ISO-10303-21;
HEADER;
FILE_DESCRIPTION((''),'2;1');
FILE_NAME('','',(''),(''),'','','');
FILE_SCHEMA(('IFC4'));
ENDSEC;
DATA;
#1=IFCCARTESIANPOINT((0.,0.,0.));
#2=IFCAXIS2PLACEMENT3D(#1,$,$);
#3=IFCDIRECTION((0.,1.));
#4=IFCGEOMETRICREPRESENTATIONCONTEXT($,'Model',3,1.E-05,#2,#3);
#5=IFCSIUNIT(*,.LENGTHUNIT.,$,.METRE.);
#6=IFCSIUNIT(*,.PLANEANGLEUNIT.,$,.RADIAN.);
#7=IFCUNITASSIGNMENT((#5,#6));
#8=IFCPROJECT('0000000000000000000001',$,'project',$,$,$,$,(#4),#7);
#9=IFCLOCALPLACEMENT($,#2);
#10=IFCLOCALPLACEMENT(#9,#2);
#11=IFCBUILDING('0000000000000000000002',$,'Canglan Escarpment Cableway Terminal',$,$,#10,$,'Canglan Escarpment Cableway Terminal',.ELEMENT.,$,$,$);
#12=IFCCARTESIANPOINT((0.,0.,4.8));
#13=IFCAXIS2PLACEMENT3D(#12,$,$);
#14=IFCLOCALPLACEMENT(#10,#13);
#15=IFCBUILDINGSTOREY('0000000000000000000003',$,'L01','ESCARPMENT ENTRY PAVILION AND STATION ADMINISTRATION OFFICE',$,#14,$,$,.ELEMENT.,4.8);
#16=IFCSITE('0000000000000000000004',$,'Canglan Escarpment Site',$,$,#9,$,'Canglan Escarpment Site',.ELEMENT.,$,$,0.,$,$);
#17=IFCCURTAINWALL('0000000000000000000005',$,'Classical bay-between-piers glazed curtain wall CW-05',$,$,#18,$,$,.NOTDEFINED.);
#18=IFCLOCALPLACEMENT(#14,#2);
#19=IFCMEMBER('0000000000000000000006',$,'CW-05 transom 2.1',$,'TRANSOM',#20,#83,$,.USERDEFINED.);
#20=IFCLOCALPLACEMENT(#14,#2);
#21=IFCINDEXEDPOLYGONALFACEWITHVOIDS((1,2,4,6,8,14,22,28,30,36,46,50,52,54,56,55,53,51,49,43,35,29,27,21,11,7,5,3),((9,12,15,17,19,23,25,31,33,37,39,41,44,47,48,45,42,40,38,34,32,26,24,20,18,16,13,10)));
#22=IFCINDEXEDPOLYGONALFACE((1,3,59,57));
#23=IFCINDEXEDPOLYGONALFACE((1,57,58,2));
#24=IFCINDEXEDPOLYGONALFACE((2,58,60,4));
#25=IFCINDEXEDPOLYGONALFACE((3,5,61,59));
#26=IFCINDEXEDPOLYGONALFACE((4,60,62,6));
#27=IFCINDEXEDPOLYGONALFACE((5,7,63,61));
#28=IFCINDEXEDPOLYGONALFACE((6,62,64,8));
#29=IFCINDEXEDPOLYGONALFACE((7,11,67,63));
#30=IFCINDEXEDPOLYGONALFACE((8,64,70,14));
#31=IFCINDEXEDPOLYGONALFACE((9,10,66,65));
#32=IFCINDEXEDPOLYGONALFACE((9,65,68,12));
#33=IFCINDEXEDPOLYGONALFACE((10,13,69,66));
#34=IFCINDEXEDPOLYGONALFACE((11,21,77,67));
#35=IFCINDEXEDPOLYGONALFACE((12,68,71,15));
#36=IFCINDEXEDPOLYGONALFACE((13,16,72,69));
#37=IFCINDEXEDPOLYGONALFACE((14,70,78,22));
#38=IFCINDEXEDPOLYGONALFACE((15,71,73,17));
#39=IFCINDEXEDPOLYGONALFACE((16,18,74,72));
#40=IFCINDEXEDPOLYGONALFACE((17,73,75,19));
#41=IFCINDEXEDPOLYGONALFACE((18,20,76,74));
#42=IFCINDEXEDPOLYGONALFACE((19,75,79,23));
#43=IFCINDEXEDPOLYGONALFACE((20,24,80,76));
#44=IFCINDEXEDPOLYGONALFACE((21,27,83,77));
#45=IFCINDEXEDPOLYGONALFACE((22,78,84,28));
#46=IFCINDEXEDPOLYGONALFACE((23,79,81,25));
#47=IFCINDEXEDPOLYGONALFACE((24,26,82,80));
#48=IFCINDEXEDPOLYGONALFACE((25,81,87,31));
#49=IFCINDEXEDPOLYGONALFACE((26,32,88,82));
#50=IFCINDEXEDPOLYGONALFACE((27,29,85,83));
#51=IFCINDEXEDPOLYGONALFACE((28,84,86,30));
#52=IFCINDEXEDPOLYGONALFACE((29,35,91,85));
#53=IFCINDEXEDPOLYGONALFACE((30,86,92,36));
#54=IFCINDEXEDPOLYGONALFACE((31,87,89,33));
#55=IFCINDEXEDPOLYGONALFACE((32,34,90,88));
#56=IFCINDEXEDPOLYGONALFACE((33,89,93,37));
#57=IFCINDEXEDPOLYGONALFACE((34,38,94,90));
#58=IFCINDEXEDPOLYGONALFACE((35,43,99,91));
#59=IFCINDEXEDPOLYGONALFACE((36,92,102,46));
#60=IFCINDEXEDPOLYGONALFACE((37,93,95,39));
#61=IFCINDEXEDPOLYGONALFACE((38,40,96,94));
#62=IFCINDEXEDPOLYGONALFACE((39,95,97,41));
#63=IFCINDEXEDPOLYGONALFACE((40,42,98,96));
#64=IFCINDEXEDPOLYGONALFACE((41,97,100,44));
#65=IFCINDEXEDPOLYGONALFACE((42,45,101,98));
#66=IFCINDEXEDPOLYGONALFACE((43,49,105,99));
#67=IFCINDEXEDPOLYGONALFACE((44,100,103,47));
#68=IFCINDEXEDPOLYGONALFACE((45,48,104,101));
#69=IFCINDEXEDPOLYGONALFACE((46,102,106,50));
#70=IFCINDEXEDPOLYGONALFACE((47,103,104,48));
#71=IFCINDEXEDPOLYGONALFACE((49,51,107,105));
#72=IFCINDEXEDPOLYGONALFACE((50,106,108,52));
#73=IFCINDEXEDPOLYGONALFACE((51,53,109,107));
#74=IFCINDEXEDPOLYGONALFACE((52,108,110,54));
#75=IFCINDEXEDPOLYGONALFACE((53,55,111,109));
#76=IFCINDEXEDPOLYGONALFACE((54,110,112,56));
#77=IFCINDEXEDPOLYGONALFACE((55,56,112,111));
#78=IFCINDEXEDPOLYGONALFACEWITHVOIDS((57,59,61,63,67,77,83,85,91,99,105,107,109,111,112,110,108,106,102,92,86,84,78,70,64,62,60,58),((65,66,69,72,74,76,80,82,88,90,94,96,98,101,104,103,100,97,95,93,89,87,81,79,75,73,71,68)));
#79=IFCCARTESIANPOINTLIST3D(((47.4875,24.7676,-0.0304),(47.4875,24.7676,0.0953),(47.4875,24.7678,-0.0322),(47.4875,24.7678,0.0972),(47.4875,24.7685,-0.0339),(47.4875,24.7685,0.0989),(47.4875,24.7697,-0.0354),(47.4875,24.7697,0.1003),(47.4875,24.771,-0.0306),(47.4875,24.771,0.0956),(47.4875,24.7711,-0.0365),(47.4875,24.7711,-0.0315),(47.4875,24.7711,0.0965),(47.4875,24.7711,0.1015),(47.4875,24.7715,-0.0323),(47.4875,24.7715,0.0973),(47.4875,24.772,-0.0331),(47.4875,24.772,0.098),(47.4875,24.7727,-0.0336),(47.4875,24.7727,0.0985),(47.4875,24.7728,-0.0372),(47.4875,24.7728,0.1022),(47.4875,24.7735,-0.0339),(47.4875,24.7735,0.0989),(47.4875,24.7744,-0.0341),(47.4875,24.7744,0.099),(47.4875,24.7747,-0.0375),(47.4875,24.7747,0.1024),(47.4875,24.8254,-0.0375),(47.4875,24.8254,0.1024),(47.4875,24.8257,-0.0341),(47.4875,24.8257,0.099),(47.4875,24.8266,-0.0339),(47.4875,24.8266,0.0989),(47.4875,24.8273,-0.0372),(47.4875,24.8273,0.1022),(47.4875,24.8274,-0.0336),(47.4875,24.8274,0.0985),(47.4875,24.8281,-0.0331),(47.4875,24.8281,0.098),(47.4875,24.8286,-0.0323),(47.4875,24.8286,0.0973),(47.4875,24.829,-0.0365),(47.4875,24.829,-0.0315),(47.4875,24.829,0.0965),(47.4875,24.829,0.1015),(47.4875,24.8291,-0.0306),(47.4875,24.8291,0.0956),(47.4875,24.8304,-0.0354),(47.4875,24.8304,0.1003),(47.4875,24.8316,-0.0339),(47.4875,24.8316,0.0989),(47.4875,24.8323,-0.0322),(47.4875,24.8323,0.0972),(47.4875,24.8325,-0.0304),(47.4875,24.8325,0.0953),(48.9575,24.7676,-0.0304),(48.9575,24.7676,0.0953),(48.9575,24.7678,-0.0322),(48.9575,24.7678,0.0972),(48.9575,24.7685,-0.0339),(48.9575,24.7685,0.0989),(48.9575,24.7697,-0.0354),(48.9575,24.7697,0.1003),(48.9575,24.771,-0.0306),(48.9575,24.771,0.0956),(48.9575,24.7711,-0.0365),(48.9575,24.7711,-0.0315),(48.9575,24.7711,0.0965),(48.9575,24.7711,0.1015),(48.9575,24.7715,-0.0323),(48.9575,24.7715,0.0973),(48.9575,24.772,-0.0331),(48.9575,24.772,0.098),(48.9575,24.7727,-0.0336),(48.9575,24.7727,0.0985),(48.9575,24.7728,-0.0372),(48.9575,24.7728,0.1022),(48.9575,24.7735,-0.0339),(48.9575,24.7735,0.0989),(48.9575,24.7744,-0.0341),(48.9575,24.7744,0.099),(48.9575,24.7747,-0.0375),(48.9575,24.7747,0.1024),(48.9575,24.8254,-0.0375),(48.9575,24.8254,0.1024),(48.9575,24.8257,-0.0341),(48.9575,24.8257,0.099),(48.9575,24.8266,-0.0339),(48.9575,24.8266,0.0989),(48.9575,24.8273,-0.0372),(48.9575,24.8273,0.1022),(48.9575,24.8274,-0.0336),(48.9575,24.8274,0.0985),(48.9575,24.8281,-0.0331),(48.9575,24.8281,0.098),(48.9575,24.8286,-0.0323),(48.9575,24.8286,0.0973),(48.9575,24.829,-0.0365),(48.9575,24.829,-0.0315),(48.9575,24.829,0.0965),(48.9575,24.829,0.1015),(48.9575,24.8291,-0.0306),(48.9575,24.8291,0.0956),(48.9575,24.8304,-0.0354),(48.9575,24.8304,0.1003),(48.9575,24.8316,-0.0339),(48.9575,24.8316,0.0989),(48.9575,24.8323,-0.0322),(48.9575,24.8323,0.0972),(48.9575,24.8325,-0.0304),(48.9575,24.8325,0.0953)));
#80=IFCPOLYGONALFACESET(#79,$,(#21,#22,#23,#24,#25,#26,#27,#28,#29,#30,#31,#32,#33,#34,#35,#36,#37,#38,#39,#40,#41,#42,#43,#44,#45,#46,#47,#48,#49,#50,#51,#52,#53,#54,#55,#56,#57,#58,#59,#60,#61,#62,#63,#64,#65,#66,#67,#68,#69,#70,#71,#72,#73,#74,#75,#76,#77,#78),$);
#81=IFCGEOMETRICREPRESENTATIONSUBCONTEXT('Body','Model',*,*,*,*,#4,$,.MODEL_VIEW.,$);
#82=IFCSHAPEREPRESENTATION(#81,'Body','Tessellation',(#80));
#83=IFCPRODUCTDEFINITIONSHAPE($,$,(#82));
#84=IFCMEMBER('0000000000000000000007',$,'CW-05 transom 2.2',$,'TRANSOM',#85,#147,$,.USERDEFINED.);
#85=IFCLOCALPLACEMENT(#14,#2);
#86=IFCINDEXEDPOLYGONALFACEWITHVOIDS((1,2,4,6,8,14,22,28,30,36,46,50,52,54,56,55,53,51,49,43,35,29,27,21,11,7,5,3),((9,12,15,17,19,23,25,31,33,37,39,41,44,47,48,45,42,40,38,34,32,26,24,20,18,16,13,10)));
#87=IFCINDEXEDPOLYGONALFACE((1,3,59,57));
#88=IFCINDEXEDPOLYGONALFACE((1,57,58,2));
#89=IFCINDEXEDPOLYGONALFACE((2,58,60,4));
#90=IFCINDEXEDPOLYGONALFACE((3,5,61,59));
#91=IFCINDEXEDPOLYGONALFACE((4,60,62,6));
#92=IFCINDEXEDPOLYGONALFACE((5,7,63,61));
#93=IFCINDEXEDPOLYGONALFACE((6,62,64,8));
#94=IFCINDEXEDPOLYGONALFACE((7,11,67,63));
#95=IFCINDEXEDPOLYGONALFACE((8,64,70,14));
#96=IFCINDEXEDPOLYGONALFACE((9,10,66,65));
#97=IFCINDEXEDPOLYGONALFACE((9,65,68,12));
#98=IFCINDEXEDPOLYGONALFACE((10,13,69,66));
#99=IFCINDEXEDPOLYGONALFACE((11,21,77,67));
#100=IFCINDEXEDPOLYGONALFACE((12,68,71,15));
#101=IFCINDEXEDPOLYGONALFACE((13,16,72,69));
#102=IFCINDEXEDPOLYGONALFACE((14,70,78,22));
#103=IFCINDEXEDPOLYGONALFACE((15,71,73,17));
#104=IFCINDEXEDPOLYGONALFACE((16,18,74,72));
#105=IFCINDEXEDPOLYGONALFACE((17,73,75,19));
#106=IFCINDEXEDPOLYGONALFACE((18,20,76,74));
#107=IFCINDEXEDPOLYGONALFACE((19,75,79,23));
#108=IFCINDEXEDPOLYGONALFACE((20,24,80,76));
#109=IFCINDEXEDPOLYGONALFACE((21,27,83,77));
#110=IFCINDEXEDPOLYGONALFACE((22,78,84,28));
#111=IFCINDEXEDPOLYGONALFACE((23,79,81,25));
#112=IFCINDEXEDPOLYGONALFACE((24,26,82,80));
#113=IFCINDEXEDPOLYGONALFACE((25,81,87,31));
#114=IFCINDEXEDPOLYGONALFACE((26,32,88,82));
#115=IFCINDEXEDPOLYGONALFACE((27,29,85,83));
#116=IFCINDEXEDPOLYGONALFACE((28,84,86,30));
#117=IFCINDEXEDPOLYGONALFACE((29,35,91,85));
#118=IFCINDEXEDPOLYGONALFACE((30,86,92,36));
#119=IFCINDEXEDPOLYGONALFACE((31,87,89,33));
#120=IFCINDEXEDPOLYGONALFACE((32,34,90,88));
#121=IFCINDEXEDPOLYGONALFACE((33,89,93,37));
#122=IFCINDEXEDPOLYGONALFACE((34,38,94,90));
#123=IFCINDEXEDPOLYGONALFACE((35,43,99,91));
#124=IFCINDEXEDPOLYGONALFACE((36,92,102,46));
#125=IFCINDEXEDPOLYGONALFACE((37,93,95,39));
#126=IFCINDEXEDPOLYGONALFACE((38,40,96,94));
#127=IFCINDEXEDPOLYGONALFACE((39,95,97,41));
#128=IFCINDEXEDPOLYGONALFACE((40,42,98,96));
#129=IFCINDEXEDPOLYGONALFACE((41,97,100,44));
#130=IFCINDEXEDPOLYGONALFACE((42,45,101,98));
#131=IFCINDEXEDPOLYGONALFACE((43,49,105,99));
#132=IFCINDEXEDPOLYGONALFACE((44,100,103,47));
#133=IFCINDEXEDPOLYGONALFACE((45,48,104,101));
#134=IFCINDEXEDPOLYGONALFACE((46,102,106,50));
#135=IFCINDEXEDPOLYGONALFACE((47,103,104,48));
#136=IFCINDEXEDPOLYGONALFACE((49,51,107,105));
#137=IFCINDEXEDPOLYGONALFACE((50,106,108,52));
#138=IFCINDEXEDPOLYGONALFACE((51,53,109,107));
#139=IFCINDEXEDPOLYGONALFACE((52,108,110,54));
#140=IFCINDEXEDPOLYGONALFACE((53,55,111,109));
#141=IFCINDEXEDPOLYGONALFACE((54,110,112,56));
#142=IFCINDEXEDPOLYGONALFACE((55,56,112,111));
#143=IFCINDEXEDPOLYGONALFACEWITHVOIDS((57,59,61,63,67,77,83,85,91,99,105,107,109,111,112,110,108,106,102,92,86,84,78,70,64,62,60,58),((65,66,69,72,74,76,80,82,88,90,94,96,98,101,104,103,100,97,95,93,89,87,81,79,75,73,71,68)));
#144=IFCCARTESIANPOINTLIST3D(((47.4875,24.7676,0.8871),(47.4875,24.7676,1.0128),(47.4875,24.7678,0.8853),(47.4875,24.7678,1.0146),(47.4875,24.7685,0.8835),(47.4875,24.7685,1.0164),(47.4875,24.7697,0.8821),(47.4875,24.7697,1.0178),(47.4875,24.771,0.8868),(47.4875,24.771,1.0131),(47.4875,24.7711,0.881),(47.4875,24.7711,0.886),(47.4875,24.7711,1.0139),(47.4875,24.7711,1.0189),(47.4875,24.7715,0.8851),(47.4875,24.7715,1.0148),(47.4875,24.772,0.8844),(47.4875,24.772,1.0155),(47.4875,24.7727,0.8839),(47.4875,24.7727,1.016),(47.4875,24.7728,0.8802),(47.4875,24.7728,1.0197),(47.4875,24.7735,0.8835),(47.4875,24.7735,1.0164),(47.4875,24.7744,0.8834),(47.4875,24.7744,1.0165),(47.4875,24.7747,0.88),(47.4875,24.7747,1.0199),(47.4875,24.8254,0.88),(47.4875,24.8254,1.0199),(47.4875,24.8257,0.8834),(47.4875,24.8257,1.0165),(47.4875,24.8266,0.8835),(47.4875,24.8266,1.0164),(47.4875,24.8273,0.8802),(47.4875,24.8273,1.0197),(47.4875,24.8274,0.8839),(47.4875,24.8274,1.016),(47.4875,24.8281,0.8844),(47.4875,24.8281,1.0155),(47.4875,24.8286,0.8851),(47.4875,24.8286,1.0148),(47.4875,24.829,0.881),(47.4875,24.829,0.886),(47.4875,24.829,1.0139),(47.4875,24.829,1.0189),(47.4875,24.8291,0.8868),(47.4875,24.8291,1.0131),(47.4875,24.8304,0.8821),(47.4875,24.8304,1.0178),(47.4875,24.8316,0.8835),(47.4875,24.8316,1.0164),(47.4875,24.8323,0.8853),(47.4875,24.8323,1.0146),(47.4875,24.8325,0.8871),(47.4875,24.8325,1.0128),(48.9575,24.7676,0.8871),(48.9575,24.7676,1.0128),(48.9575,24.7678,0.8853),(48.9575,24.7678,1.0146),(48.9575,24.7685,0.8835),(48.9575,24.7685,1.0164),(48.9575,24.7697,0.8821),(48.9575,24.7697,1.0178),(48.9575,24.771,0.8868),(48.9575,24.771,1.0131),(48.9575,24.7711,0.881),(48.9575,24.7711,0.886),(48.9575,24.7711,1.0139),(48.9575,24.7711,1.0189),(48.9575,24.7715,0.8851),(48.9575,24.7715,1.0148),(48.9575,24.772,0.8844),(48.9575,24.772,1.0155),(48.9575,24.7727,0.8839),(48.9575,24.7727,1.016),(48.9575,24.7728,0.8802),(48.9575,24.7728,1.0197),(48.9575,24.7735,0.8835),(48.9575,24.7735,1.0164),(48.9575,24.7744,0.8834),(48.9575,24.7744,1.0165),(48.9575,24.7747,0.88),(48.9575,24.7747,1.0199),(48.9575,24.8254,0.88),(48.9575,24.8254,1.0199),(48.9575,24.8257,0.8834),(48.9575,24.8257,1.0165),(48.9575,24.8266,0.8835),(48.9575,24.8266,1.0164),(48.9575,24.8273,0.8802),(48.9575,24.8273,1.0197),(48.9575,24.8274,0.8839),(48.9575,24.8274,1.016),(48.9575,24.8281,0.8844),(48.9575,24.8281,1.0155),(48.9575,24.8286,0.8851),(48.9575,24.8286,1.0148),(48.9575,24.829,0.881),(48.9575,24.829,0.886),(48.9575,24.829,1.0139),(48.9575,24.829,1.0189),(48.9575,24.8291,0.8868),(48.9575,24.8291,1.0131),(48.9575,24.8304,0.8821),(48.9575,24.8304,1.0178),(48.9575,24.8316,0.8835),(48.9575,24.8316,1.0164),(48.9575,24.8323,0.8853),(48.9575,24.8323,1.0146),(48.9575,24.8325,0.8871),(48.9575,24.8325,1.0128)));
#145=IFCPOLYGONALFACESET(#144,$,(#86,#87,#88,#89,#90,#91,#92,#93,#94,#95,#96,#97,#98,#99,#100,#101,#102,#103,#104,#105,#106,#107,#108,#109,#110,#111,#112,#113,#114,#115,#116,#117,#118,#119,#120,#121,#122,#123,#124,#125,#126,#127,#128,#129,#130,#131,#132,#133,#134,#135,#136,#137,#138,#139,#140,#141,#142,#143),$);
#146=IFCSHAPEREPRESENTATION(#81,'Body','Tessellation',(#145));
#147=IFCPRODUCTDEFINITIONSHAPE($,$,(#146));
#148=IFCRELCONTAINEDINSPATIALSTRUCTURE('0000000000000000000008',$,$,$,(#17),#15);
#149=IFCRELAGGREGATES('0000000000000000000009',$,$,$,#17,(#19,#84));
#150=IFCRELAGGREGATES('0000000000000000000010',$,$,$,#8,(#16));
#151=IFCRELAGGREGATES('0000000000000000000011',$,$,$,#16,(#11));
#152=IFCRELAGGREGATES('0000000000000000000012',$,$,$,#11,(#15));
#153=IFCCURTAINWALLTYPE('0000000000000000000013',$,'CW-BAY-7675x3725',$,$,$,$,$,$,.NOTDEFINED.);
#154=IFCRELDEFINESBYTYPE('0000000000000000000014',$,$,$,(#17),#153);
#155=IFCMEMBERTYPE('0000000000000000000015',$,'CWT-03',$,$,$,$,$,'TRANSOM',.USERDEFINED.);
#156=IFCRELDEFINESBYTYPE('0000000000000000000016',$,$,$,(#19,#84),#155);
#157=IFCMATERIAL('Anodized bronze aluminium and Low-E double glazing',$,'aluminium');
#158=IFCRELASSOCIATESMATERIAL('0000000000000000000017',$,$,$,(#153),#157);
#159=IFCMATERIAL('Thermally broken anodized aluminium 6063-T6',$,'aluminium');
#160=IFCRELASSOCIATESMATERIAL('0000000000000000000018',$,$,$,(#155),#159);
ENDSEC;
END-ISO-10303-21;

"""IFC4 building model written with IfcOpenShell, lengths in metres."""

from ifc_helpers import new_model, si_unit, direction, frame, origin, origin_2d, place, context, subcontext, project, spatial, hollow_rectangle, extrude, material, material_profile, profile_set, type_object, element, aggregate, save


model = new_model("IFC4")

# Units and contexts
model_context = context("Model", 3, precision=1e-05, world=origin(), true_north=direction((0.0, 1.0)))
body_context = subcontext(model_context, "Body", "Model", "MODEL_VIEW")
ifc_project = project(units=[si_unit("LENGTHUNIT", "METRE"), si_unit("PLANEANGLEUNIT", "RADIAN")], contexts=[model_context])

# Site, building, storey
site_placement = place(None, origin())
site = spatial("IfcSite", under=ifc_project, at=site_placement, Name="Canglan Escarpment Site", LongName="Canglan Escarpment Site", CompositionType="ELEMENT", RefElevation=0.0)
building_placement = place(site_placement, origin())
building = spatial("IfcBuilding", under=site, at=building_placement, Name="Canglan Escarpment Cableway Terminal", LongName="Canglan Escarpment Cableway Terminal", CompositionType="ELEMENT")
storey_placement = place(building_placement, frame((0.0, 0.0, 4.8)))
storey = spatial("IfcBuildingStorey", under=building, at=storey_placement, Name="L01", Description="ESCARPMENT ENTRY PAVILION AND STATION ADMINISTRATION OFFICE", CompositionType="ELEMENT", Elevation=4.8)

# Shared definitions
ifc_material_1 = material(Name="Anodized bronze aluminium and Low-E double glazing", Category="aluminium")
ifc_material_2 = material(Name="Thermally broken anodized aluminium 6063-T6", Category="aluminium")

# Curtain wall, members
curtain_wall_type_1 = type_object("IfcCurtainWallType", Name="CW-BAY-7675x3725", PredefinedType="NOTDEFINED", material=ifc_material_1)
curtain_wall_1_placement = place(storey_placement, origin())
curtain_wall_1 = element("IfcCurtainWall", 1, at=curtain_wall_1_placement, inside=storey, type_object=curtain_wall_type_1, Name="Classical bay-between-piers glazed curtain wall CW-05", PredefinedType="NOTDEFINED")
ifc_material_profile_1 = material_profile(ifc_material_2, hollow_rectangle(XDim=0.0649, YDim=0.1399, WallThickness=0.0034, InnerFilletRadius=0.0034, OuterFilletRadius=0.0071, at=origin_2d()), Name="ALU-TRAN 65x140x3.5")
ifc_profile_set_1 = profile_set([ifc_material_profile_1], Name="Thermally broken anodized aluminium 6063-T6")
member_type_1 = type_object("IfcMemberType", Name="CWT-03", ElementType="TRANSOM", PredefinedType="USERDEFINED", material=ifc_profile_set_1)
member_1_placement = place(storey_placement, frame((48.9575, 24.8, 0.0325), z_axis=(-1.0, 0.0, 0.0), x_axis=(0.0, -1.0, 0.0)))
member_1 = element("IfcMember", 2, at=member_1_placement, type_object=member_type_1, Name="CW-05 transom 2.1", ObjectType="TRANSOM", PredefinedType="USERDEFINED", context=body_context, shape_type="SweptSolid", body=[
    extrude(hollow_rectangle(XDim=0.0649, YDim=0.1399, WallThickness=0.0034, InnerFilletRadius=0.0034, OuterFilletRadius=0.0071, at=origin_2d()), origin(), (0.0, 0.0, 1.0), 1.47),
])
member_2_placement = place(storey_placement, frame((48.9575, 24.8, 0.95), z_axis=(-1.0, 0.0, 0.0), x_axis=(0.0, -1.0, 0.0)))
member_2 = element("IfcMember", 3, at=member_2_placement, type_object=member_type_1, Name="CW-05 transom 2.2", ObjectType="TRANSOM", PredefinedType="USERDEFINED", context=body_context, shape_type="SweptSolid", body=[
    extrude(hollow_rectangle(XDim=0.0649, YDim=0.1399, WallThickness=0.0034, InnerFilletRadius=0.0034, OuterFilletRadius=0.0071, at=origin_2d()), origin(), (0.0, 0.0, 1.0), 1.47),
])

aggregate(curtain_wall_1, [member_1, member_2])

save(model, "model.ifc")
